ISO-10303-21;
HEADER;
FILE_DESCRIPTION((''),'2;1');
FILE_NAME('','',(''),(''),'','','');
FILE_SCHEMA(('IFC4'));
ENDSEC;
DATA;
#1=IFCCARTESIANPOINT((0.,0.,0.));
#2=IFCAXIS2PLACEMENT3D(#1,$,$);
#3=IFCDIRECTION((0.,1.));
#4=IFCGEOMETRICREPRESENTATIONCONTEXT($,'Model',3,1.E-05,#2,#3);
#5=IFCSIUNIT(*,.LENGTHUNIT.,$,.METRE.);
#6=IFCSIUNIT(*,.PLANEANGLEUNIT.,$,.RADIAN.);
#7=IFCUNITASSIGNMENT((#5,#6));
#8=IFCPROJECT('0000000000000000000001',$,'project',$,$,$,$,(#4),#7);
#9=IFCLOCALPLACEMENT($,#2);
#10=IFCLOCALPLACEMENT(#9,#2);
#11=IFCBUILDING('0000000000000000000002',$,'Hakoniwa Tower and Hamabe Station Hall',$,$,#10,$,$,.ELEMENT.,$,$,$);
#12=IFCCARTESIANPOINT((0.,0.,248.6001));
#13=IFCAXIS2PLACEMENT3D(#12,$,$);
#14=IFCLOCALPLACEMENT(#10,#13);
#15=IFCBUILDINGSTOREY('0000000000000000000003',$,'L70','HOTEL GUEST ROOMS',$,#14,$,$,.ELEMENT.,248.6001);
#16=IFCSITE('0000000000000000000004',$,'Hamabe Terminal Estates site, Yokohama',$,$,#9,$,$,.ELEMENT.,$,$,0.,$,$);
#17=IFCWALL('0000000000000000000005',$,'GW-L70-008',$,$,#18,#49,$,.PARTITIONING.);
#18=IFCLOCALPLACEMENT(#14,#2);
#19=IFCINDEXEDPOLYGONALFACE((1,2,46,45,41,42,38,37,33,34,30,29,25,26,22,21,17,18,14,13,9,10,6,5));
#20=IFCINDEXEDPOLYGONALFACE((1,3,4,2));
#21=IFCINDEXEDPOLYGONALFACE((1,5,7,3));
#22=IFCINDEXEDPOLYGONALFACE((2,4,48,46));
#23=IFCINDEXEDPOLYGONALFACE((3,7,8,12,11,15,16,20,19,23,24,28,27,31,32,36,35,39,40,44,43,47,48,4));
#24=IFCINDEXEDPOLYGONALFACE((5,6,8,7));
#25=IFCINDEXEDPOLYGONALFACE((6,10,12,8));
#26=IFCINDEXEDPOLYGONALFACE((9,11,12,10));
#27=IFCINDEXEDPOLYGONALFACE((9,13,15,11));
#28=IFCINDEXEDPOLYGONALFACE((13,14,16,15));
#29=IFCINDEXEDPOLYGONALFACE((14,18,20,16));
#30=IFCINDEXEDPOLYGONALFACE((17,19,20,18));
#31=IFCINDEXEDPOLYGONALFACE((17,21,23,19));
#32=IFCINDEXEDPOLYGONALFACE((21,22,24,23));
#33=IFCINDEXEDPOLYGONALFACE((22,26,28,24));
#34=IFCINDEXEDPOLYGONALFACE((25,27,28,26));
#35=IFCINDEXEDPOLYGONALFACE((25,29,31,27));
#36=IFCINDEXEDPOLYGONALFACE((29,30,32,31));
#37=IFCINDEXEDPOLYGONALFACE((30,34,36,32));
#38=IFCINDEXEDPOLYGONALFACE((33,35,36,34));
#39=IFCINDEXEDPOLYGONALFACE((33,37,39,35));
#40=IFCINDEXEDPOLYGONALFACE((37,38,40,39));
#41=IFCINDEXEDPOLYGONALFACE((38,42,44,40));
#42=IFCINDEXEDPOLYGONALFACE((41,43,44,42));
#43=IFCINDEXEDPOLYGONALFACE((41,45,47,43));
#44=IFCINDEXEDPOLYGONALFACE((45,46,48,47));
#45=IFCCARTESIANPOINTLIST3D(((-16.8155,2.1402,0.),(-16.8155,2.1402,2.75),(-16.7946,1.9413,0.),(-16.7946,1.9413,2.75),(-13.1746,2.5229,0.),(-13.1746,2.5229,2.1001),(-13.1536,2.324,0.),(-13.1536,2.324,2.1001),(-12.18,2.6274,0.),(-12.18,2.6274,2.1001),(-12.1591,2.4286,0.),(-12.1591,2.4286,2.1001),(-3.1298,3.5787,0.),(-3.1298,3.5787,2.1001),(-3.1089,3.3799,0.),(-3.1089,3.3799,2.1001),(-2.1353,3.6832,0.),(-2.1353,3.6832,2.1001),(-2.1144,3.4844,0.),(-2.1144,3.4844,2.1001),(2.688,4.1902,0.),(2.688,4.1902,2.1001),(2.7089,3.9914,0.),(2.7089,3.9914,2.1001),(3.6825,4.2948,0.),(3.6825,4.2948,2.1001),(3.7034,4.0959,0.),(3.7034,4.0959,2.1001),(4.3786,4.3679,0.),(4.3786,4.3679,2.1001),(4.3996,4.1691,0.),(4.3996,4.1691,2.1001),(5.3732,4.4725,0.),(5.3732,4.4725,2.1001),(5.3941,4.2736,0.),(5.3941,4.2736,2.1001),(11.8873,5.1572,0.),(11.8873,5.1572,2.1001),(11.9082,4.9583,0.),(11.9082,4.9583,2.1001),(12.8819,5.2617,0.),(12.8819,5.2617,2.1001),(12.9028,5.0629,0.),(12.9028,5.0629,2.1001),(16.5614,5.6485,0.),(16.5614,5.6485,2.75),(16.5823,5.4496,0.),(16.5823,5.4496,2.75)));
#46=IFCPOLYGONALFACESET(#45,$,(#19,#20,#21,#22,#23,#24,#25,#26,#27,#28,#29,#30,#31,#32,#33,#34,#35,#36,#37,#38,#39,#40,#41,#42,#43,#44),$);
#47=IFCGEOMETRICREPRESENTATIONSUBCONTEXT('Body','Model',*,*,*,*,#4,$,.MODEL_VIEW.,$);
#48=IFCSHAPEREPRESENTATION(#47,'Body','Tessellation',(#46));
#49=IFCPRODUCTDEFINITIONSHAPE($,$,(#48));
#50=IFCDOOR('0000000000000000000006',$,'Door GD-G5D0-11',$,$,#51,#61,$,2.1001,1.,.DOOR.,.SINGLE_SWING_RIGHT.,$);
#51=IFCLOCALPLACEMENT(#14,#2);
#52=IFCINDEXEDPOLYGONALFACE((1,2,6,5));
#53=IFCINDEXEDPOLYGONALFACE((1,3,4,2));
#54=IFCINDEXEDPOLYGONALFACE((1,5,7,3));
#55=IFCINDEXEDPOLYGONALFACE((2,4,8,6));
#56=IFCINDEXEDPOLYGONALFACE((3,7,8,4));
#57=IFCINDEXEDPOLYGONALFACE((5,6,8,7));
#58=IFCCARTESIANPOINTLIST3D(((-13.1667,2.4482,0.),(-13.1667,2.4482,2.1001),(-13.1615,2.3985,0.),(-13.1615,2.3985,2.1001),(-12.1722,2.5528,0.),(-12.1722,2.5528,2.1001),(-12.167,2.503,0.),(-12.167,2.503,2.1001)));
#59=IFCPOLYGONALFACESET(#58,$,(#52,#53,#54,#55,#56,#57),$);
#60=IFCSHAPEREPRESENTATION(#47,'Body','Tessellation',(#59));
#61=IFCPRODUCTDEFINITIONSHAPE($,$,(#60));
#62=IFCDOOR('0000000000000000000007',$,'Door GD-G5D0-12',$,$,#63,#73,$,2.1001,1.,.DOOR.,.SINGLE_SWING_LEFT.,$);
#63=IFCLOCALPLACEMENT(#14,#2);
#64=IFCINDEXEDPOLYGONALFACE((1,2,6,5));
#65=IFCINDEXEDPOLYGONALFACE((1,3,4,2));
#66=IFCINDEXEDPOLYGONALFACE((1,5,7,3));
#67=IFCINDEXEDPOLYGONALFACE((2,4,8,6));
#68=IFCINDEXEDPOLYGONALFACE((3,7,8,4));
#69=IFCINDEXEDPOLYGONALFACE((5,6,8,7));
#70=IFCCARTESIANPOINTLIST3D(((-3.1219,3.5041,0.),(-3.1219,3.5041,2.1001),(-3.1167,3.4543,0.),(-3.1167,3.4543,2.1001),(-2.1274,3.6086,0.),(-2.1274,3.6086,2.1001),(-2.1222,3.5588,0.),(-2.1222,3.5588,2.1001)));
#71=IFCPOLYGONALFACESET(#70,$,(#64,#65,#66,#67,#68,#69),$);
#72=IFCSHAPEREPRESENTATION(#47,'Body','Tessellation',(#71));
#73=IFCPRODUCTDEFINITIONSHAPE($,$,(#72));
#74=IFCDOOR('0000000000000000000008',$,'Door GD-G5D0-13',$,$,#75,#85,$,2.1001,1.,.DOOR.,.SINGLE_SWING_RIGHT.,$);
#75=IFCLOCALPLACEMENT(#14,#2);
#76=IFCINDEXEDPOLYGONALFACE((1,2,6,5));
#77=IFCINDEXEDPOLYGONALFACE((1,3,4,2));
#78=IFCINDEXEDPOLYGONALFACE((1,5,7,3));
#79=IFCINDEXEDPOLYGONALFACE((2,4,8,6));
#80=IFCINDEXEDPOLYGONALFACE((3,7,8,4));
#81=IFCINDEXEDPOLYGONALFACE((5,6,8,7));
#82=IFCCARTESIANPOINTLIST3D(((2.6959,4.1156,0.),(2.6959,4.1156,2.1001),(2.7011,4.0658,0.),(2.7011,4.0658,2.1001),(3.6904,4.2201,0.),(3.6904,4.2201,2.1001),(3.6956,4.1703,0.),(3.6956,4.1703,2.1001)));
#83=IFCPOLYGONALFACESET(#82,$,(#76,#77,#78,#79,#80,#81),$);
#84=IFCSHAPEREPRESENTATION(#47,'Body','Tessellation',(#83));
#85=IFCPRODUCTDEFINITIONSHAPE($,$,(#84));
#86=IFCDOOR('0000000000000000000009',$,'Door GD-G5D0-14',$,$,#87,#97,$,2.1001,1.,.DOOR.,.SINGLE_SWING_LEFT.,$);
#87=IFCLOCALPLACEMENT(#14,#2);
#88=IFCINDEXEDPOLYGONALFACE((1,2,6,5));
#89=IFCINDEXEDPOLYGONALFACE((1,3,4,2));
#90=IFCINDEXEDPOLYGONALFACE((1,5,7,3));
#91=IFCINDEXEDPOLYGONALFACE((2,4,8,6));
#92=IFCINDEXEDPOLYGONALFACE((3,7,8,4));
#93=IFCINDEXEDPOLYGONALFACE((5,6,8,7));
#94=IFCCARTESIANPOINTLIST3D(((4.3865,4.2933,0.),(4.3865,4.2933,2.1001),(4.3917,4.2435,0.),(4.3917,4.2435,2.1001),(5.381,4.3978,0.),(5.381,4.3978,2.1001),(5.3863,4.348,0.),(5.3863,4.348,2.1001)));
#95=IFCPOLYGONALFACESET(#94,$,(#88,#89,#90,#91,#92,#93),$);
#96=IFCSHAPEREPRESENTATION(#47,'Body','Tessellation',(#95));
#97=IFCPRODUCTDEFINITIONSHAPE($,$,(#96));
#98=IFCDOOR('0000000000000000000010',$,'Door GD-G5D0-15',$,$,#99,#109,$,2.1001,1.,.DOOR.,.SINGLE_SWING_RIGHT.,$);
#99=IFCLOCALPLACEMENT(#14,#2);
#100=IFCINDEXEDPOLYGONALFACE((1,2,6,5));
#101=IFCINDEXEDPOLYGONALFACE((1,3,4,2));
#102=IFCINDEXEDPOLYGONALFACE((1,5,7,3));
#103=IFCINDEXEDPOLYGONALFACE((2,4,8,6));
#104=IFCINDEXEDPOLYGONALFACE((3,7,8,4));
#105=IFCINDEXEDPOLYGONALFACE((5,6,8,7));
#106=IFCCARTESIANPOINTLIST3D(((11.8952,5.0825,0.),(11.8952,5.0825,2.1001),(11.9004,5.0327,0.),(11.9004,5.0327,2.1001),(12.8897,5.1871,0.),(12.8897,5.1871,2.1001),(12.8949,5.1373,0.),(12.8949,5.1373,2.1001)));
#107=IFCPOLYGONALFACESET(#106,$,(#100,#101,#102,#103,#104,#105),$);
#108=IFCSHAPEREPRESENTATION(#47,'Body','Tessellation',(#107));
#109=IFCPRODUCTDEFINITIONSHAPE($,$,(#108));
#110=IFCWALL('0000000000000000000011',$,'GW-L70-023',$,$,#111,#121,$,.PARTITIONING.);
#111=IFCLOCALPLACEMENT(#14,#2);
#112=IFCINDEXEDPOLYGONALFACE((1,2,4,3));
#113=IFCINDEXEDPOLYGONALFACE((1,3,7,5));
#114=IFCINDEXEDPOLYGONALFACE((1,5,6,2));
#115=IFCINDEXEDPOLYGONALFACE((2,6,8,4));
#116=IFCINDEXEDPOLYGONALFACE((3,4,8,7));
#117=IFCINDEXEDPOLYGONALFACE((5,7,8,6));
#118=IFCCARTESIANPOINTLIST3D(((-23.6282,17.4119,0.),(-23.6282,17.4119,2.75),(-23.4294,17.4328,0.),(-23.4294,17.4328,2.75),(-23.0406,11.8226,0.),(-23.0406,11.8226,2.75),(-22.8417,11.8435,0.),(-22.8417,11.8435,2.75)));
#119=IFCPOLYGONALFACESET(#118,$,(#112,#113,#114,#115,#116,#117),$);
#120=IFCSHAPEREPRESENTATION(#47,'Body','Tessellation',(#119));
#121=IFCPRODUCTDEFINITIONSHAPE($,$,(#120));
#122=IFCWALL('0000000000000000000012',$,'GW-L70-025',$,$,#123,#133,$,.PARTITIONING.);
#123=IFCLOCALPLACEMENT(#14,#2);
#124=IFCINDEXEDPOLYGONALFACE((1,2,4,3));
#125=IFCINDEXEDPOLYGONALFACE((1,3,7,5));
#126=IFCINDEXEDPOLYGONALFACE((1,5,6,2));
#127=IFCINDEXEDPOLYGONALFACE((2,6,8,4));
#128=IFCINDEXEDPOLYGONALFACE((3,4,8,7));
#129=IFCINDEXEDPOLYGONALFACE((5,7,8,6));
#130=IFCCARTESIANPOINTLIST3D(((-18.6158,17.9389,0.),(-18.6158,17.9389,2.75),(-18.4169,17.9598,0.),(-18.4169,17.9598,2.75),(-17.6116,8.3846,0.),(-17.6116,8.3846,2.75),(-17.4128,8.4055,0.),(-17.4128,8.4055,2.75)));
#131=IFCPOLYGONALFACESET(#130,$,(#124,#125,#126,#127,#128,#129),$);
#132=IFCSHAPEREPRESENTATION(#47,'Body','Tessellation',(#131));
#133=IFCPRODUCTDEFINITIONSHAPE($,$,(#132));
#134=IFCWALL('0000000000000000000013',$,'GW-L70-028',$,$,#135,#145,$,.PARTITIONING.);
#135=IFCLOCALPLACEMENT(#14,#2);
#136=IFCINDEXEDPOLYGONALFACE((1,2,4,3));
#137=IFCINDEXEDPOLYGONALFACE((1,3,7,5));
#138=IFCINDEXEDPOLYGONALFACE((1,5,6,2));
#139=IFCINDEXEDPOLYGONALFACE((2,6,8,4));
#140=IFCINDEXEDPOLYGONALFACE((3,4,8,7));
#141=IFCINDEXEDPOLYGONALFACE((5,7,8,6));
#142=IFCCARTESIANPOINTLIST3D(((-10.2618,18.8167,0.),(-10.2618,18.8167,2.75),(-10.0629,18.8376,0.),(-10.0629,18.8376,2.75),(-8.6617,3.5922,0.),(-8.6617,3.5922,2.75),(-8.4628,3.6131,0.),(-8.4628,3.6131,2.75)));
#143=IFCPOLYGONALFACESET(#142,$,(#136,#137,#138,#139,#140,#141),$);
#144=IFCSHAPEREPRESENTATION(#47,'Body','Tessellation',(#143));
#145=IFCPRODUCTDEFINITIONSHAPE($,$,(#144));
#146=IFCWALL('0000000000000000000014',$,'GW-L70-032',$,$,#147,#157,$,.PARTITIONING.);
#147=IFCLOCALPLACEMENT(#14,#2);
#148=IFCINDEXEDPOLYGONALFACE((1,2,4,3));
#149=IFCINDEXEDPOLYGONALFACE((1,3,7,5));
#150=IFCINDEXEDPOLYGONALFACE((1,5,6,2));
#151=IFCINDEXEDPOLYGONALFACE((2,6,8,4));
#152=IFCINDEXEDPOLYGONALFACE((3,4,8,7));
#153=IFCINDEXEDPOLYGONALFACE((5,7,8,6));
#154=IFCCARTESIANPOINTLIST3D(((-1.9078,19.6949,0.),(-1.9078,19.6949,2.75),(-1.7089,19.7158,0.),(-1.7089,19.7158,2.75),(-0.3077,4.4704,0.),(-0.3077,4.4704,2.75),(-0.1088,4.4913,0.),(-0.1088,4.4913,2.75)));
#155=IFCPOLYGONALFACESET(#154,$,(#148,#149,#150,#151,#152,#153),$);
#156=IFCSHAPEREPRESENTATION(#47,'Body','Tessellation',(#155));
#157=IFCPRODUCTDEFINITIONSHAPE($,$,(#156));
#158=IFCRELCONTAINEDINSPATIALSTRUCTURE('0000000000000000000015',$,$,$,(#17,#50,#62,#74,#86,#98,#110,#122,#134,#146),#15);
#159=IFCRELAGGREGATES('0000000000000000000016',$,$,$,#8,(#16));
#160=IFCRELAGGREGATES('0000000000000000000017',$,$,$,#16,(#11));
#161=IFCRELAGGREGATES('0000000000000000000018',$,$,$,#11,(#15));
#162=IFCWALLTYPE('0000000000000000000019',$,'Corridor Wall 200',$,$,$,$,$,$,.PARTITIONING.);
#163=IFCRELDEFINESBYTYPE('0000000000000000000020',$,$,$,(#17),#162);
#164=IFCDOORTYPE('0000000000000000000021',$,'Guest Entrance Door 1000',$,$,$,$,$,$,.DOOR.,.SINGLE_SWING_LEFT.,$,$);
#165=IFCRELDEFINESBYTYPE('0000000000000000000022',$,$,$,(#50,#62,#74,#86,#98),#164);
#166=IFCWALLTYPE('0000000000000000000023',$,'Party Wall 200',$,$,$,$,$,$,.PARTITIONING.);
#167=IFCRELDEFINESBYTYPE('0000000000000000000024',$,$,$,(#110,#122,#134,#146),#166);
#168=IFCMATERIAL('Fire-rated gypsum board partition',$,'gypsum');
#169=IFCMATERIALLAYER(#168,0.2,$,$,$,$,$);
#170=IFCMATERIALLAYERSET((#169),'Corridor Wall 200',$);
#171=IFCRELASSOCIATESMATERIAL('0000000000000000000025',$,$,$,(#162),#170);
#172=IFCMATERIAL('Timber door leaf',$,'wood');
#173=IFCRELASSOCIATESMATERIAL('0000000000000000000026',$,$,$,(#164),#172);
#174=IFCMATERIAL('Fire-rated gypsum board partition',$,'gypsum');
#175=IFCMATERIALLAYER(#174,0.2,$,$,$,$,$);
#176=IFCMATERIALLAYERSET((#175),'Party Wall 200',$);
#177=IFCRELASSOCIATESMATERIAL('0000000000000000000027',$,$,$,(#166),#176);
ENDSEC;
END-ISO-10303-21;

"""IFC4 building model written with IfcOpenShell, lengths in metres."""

from ifc_helpers import new_model, si_unit, direction, frame, frame_2d, origin, place, context, subcontext, project, spatial, rectangle, extrude, material, layer, layer_set, type_object, element, fill, save


model = new_model("IFC4")

# Units and contexts
model_context = context("Model", 3, precision=1e-05, world=origin(), true_north=direction((0.0, 1.0)))
body_context = subcontext(model_context, "Body", "Model", "MODEL_VIEW")
ifc_project = project(units=[si_unit("LENGTHUNIT", "METRE"), si_unit("PLANEANGLEUNIT", "RADIAN")], contexts=[model_context])

# Site, building, storey
site_placement = place(None, origin())
site = spatial("IfcSite", under=ifc_project, at=site_placement, Name="Hamabe Terminal Estates site, Yokohama", CompositionType="ELEMENT", RefElevation=0.0)
building_placement = place(site_placement, origin())
building = spatial("IfcBuilding", under=site, at=building_placement, Name="Hakoniwa Tower and Hamabe Station Hall", CompositionType="ELEMENT")
storey_placement = place(building_placement, frame((0.0, 0.0, 248.6001)))
storey = spatial("IfcBuildingStorey", under=building, at=storey_placement, Name="L70", Description="HOTEL GUEST ROOMS", CompositionType="ELEMENT", Elevation=248.6001)

# Wall, openings, doors
ifc_material_1 = material(Name="Fire-rated gypsum board partition", Category="gypsum")
ifc_layer_1 = layer(ifc_material_1, 0.2)
ifc_layer_set_1 = layer_set([ifc_layer_1], Name="Corridor Wall 200")
wall_type_1 = type_object("IfcWallType", Name="Corridor Wall 200", PredefinedType="PARTITIONING", material=ifc_layer_set_1)
wall_1_placement = place(storey_placement, frame((-16.8049, 2.0408, 0.0), z_axis=(0.0, 0.0, 1.0), x_axis=(0.994521, 0.104536, 0.0)))
wall_1 = element("IfcWall", 1, at=wall_1_placement, inside=storey, type_object=wall_type_1, Name="GW-L70-008", PredefinedType="PARTITIONING", context=body_context, shape_type="SweptSolid", body=[
    extrude(rectangle(XDim=33.5608, YDim=0.2, at=frame_2d((16.7803, 0.0))), origin(), (0.0, 0.0, 1.0), 2.75),
])
opening_1_placement = place(wall_1_placement, frame((3.6609, 0.0, 0.0)))
opening_1 = element("IfcOpeningElement", 2, at=opening_1_placement, cuts=wall_1, PredefinedType="OPENING", context=body_context, shape_type="SweptSolid", body=[
    extrude(rectangle(XDim=1.0, YDim=2.1001, at=frame_2d((0.5, 1.05))), frame((0.0, 0.1099, 0.0), z_axis=(0.0, -1.0, 0.0), x_axis=(1.0, 0.0, 0.0)), (0.0, 0.0, 1.0), 0.22),
])
opening_2_placement = place(wall_1_placement, frame((13.761, 0.0, 0.0)))
opening_2 = element("IfcOpeningElement", 3, at=opening_2_placement, cuts=wall_1, PredefinedType="OPENING", context=body_context, shape_type="SweptSolid", body=[
    extrude(rectangle(XDim=1.0, YDim=2.1001, at=frame_2d((0.5, 1.05))), frame((0.0, 0.1099, 0.0), z_axis=(0.0, -1.0, 0.0), x_axis=(1.0, 0.0, 0.0)), (0.0, 0.0, 1.0), 0.22),
])
opening_3_placement = place(wall_1_placement, frame((19.6108, 0.0, 0.0)))
opening_3 = element("IfcOpeningElement", 4, at=opening_3_placement, cuts=wall_1, PredefinedType="OPENING", context=body_context, shape_type="SweptSolid", body=[
    extrude(rectangle(XDim=1.0, YDim=2.1001, at=frame_2d((0.5, 1.05))), frame((0.0, 0.1099, 0.0), z_axis=(0.0, -1.0, 0.0), x_axis=(1.0, 0.0, 0.0)), (0.0, 0.0, 1.0), 0.22),
])
opening_4_placement = place(wall_1_placement, frame((21.3108, 0.0, 0.0)))
opening_4 = element("IfcOpeningElement", 5, at=opening_4_placement, cuts=wall_1, PredefinedType="OPENING", context=body_context, shape_type="SweptSolid", body=[
    extrude(rectangle(XDim=1.0, YDim=2.1001, at=frame_2d((0.5, 1.05))), frame((0.0, 0.1099, 0.0), z_axis=(0.0, -1.0, 0.0), x_axis=(1.0, 0.0, 0.0)), (0.0, 0.0, 1.0), 0.22),
])
opening_5_placement = place(wall_1_placement, frame((28.8608, 0.0, 0.0)))
opening_5 = element("IfcOpeningElement", 6, at=opening_5_placement, cuts=wall_1, PredefinedType="OPENING", context=body_context, shape_type="SweptSolid", body=[
    extrude(rectangle(XDim=1.0, YDim=2.1001, at=frame_2d((0.5, 1.05))), frame((0.0, 0.1099, 0.0), z_axis=(0.0, -1.0, 0.0), x_axis=(1.0, 0.0, 0.0)), (0.0, 0.0, 1.0), 0.22),
])
ifc_material_2 = material(Name="Timber door leaf", Category="wood")
door_type_1 = type_object("IfcDoorType", Name="Guest Entrance Door 1000", OperationType="SINGLE_SWING_LEFT", PredefinedType="DOOR", material=ifc_material_2)
door_1_placement = place(opening_1_placement, origin())
door_1 = element("IfcDoor", 7, at=door_1_placement, inside=storey, type_object=door_type_1, Name="Door GD-G5D0-11", OperationType="SINGLE_SWING_RIGHT", OverallHeight=2.1001, OverallWidth=1.0, PredefinedType="DOOR", context=body_context, shape_type="SweptSolid", body=[
    extrude(rectangle(XDim=1.0, YDim=2.1001, at=frame_2d((0.5, 1.05))), frame((0.0, 0.0249, 0.0), z_axis=(0.0, -1.0, 0.0), x_axis=(1.0, 0.0, 0.0)), (0.0, 0.0, 1.0), 0.05),
])
fill(opening_1, door_1)
door_2_placement = place(opening_2_placement, origin())
door_2 = element("IfcDoor", 8, at=door_2_placement, inside=storey, type_object=door_type_1, Name="Door GD-G5D0-12", OperationType="SINGLE_SWING_LEFT", OverallHeight=2.1001, OverallWidth=1.0, PredefinedType="DOOR", context=body_context, shape_type="SweptSolid", body=[
    extrude(rectangle(XDim=1.0, YDim=2.1001, at=frame_2d((0.5, 1.05))), frame((0.0, 0.0249, 0.0), z_axis=(0.0, -1.0, 0.0), x_axis=(1.0, 0.0, 0.0)), (0.0, 0.0, 1.0), 0.05),
])
fill(opening_2, door_2)
door_3_placement = place(opening_3_placement, origin())
door_3 = element("IfcDoor", 9, at=door_3_placement, inside=storey, type_object=door_type_1, Name="Door GD-G5D0-13", OperationType="SINGLE_SWING_RIGHT", OverallHeight=2.1001, OverallWidth=1.0, PredefinedType="DOOR", context=body_context, shape_type="SweptSolid", body=[
    extrude(rectangle(XDim=1.0, YDim=2.1001, at=frame_2d((0.5, 1.05))), frame((0.0, 0.0249, 0.0), z_axis=(0.0, -1.0, 0.0), x_axis=(1.0, 0.0, 0.0)), (0.0, 0.0, 1.0), 0.05),
])
fill(opening_3, door_3)
door_4_placement = place(opening_4_placement, origin())
door_4 = element("IfcDoor", 10, at=door_4_placement, inside=storey, type_object=door_type_1, Name="Door GD-G5D0-14", OperationType="SINGLE_SWING_LEFT", OverallHeight=2.1001, OverallWidth=1.0, PredefinedType="DOOR", context=body_context, shape_type="SweptSolid", body=[
    extrude(rectangle(XDim=1.0, YDim=2.1001, at=frame_2d((0.5, 1.05))), frame((0.0, 0.0249, 0.0), z_axis=(0.0, -1.0, 0.0), x_axis=(1.0, 0.0, 0.0)), (0.0, 0.0, 1.0), 0.05),
])
fill(opening_4, door_4)
door_5_placement = place(opening_5_placement, origin())
door_5 = element("IfcDoor", 11, at=door_5_placement, inside=storey, type_object=door_type_1, Name="Door GD-G5D0-15", OperationType="SINGLE_SWING_RIGHT", OverallHeight=2.1001, OverallWidth=1.0, PredefinedType="DOOR", context=body_context, shape_type="SweptSolid", body=[
    extrude(rectangle(XDim=1.0, YDim=2.1001, at=frame_2d((0.5, 1.05))), frame((0.0, 0.0249, 0.0), z_axis=(0.0, -1.0, 0.0), x_axis=(1.0, 0.0, 0.0)), (0.0, 0.0, 1.0), 0.05),
])
fill(opening_5, door_5)

# Walls
ifc_material_3 = material(Name="Fire-rated gypsum board partition", Category="gypsum")
ifc_layer_2 = layer(ifc_material_3, 0.2)
ifc_layer_set_2 = layer_set([ifc_layer_2], Name="Party Wall 200")
wall_type_2 = type_object("IfcWallType", Name="Party Wall 200", PredefinedType="PARTITIONING", material=ifc_layer_set_2)
wall_2_placement = place(storey_placement, frame((-22.9412, 11.833, 0.0), z_axis=(0.0, 0.0, 1.0), x_axis=(-0.10456, 0.994519, 0.0)))
element("IfcWall", 12, at=wall_2_placement, inside=storey, type_object=wall_type_2, Name="GW-L70-023", PredefinedType="PARTITIONING", context=body_context, shape_type="SweptSolid", body=[
    extrude(rectangle(XDim=5.6201, YDim=0.2, at=frame_2d((2.8101, 0.0))), origin(), (0.0, 0.0, 1.0), 2.75),
])
wall_3_placement = place(storey_placement, frame((-17.5122, 8.395, 0.0), z_axis=(0.0, 0.0, 1.0), x_axis=(-0.104525, 0.994522, 0.0)))
element("IfcWall", 13, at=wall_3_placement, inside=storey, type_object=wall_type_2, Name="GW-L70-025", PredefinedType="PARTITIONING", context=body_context, shape_type="SweptSolid", body=[
    extrude(rectangle(XDim=9.6069, YDim=0.2, at=frame_2d((4.8035, 0.0))), origin(), (0.0, 0.0, 1.0), 2.75),
])
for number, where, z_axis, x_axis, name in (
    (14, (-8.5623, 3.6025, 0.0), (0.0, 0.0, 1.0), (-0.104524, 0.994522, 0.0), "GW-L70-028"),
    (15, (-0.2083, 4.4807, 0.0), (0.0, 0.0, 1.0), (-0.104524, 0.994522, 0.0), "GW-L70-032"),
):
    element("IfcWall", number, at=place(storey_placement, frame(where, z_axis=z_axis, x_axis=x_axis)), inside=storey, type_object=wall_type_2, Name=name, PredefinedType="PARTITIONING", context=body_context, shape_type="SweptSolid", body=[
        extrude(rectangle(XDim=15.3083, YDim=0.2, at=frame_2d((7.6543, 0.0))), origin(), (0.0, 0.0, 1.0), 2.75),
    ])

save(model, "model.ifc")
